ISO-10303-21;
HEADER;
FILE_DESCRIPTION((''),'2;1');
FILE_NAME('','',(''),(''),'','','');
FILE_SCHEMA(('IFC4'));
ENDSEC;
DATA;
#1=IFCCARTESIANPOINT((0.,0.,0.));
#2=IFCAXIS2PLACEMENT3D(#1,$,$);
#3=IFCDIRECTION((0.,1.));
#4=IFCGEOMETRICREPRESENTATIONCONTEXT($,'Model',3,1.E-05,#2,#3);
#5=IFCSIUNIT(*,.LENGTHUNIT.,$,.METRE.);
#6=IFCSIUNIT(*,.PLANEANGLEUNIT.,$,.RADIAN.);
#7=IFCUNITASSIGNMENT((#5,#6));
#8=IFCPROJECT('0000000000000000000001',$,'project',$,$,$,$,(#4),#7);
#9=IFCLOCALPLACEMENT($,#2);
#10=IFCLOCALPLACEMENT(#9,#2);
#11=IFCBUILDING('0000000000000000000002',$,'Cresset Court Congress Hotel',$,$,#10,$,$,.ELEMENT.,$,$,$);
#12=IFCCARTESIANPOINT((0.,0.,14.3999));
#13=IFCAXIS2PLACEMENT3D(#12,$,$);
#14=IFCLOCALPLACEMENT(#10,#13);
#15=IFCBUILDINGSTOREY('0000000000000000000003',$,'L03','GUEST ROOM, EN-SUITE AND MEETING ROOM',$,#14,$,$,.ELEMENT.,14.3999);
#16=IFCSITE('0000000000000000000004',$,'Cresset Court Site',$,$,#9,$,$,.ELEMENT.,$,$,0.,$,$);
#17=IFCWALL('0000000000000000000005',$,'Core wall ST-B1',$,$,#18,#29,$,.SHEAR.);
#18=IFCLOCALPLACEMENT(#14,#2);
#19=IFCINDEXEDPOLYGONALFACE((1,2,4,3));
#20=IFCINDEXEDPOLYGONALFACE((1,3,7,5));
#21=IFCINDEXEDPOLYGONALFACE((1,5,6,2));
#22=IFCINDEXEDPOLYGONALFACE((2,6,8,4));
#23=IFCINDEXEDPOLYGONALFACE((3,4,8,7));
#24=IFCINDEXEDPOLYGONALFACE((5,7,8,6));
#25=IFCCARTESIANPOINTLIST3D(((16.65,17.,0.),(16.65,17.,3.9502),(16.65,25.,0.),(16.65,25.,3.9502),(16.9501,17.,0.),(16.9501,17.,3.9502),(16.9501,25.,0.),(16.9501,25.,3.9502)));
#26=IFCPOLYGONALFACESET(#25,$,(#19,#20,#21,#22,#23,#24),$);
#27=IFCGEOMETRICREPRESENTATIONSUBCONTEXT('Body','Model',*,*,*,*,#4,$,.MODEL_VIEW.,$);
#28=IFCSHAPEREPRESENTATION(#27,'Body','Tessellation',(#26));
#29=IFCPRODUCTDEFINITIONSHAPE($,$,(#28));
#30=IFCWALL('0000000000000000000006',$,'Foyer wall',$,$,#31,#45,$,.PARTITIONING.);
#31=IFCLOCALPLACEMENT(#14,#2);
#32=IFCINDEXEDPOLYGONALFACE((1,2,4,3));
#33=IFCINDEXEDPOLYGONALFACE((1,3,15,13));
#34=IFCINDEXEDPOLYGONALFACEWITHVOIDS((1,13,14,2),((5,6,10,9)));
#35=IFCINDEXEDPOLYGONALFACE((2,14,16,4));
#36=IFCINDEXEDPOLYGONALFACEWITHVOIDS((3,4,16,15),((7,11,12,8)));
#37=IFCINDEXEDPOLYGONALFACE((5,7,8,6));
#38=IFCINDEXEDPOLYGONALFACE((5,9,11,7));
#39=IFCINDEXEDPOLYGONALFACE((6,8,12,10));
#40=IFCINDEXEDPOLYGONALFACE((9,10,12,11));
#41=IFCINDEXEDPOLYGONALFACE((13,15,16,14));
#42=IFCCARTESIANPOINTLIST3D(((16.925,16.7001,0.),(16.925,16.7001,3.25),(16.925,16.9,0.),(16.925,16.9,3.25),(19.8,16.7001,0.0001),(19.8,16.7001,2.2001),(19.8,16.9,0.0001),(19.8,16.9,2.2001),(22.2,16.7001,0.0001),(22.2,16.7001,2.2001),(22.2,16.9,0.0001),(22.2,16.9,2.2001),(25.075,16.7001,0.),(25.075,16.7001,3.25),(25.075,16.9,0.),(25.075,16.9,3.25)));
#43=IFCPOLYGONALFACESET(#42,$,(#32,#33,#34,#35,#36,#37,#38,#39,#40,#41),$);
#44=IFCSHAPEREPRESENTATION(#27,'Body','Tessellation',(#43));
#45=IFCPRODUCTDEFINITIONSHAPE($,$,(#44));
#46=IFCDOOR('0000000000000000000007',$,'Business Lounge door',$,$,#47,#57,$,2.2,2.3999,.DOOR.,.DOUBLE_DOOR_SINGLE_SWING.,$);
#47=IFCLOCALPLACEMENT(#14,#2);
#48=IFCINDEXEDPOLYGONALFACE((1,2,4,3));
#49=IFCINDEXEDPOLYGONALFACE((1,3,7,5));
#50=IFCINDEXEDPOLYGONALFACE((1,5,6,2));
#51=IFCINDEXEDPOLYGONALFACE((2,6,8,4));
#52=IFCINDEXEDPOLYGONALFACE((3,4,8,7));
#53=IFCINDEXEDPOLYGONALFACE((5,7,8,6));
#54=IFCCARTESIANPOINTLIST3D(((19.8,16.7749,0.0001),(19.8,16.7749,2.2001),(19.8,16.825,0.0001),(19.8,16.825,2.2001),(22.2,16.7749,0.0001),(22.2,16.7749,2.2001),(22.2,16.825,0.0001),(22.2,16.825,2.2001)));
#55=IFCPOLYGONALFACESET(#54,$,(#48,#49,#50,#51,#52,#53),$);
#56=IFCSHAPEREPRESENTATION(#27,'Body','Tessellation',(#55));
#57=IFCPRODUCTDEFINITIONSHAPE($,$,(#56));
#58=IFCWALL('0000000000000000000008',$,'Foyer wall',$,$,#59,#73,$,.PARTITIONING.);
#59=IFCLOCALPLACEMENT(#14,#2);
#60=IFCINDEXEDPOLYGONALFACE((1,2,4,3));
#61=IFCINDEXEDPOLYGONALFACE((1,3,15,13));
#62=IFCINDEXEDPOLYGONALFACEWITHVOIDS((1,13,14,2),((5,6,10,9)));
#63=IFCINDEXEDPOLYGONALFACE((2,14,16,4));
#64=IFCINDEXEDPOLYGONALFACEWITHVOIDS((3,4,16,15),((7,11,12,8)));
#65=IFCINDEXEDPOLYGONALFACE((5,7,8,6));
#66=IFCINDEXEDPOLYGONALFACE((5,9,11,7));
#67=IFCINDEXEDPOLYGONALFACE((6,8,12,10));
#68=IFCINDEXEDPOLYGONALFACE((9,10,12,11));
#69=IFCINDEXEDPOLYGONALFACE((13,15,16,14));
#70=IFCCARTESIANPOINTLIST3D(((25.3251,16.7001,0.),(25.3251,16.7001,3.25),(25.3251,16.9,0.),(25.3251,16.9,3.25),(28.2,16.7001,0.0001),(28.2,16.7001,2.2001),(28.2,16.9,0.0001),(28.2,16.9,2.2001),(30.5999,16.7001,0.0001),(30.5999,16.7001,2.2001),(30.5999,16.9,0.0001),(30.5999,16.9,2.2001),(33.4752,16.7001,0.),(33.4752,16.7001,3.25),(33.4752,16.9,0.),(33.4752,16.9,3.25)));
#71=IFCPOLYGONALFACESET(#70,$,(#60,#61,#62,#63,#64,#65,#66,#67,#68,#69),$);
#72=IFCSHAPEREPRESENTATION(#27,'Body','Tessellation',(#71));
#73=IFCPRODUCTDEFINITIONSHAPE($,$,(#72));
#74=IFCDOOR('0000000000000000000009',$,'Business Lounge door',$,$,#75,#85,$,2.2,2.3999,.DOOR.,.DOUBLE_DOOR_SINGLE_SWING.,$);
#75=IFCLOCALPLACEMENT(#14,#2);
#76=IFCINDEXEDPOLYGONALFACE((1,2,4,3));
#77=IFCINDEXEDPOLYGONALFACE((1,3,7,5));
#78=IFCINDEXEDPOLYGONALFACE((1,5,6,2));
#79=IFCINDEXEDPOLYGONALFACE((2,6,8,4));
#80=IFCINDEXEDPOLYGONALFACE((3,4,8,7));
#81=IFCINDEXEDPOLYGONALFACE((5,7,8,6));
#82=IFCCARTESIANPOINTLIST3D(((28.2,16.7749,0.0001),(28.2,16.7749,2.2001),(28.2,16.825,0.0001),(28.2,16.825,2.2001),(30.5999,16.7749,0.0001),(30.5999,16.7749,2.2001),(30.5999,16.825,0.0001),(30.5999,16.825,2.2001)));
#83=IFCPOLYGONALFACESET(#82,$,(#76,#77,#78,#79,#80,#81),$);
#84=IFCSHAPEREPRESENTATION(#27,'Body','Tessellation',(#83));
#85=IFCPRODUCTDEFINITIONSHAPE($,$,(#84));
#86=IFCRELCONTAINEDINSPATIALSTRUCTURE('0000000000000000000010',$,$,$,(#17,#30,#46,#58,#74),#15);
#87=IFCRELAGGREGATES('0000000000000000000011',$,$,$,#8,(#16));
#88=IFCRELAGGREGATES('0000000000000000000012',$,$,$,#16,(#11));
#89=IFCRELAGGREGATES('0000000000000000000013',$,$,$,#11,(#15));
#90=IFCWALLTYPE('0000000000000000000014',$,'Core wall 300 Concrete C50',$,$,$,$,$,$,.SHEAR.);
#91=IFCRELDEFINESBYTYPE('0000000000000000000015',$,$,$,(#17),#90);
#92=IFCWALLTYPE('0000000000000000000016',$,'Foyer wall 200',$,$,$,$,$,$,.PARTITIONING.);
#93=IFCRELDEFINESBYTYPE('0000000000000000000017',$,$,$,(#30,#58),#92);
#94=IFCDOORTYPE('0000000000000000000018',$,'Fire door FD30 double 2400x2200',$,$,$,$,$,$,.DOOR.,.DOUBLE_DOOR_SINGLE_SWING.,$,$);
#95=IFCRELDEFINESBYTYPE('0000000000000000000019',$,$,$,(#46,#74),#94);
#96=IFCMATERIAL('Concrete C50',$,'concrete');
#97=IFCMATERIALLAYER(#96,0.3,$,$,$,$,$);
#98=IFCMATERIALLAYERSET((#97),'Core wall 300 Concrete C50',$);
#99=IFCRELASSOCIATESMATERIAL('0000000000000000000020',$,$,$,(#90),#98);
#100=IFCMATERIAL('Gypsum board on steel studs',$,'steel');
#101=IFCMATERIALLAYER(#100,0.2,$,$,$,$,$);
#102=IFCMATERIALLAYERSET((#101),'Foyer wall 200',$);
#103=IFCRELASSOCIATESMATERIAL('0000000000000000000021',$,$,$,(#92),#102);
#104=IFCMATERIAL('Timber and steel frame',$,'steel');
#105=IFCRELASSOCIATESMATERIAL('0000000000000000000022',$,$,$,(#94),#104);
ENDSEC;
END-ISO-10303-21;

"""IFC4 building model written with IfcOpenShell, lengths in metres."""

from ifc_helpers import new_model, si_unit, direction, frame, frame_2d, origin, place, context, subcontext, project, spatial, rectangle, extrude, material, layer, layer_set, type_object, element, fill, save


model = new_model("IFC4")

# Units and contexts
model_context = context("Model", 3, precision=1e-05, world=origin(), true_north=direction((0.0, 1.0)))
body_context = subcontext(model_context, "Body", "Model", "MODEL_VIEW")
ifc_project = project(units=[si_unit("LENGTHUNIT", "METRE"), si_unit("PLANEANGLEUNIT", "RADIAN")], contexts=[model_context])

# Site, building, storey
site_placement = place(None, origin())
site = spatial("IfcSite", under=ifc_project, at=site_placement, Name="Cresset Court Site", CompositionType="ELEMENT", RefElevation=0.0)
building_placement = place(site_placement, origin())
building = spatial("IfcBuilding", under=site, at=building_placement, Name="Cresset Court Congress Hotel", CompositionType="ELEMENT")
storey_placement = place(building_placement, frame((0.0, 0.0, 14.3999)))
storey = spatial("IfcBuildingStorey", under=building, at=storey_placement, Name="L03", Description="GUEST ROOM, EN-SUITE AND MEETING ROOM", CompositionType="ELEMENT", Elevation=14.3999)

# Wall
ifc_material_1 = material(Name="Concrete C50", Category="concrete")
ifc_layer_1 = layer(ifc_material_1, 0.3)
ifc_layer_set_1 = layer_set([ifc_layer_1], Name="Core wall 300 Concrete C50")
wall_type_1 = type_object("IfcWallType", Name="Core wall 300 Concrete C50", PredefinedType="SHEAR", material=ifc_layer_set_1)
wall_1_placement = place(storey_placement, frame((16.8, 17.0, 0.0), z_axis=(0.0, 0.0, 1.0), x_axis=(0.0, 1.0, 0.0)))
element("IfcWall", 1, at=wall_1_placement, inside=storey, type_object=wall_type_1, Name="Core wall ST-B1", PredefinedType="SHEAR", context=body_context, shape_type="SweptSolid", body=[
    extrude(rectangle(XDim=8.0, YDim=0.3, at=frame_2d((4.0, 0.0))), origin(), (0.0, 0.0, 1.0), 3.9502),
])

# Walls, openings, doors
ifc_material_2 = material(Name="Gypsum board on steel studs", Category="steel")
ifc_layer_2 = layer(ifc_material_2, 0.2)
ifc_layer_set_2 = layer_set([ifc_layer_2], Name="Foyer wall 200")
wall_type_2 = type_object("IfcWallType", Name="Foyer wall 200", PredefinedType="PARTITIONING", material=ifc_layer_set_2)
wall_2_placement = place(storey_placement, frame((16.925, 16.8, 0.0), z_axis=(0.0, 0.0, 1.0), x_axis=(1.0, 0.0, 0.0)))
wall_2 = element("IfcWall", 2, at=wall_2_placement, inside=storey, type_object=wall_type_2, Name="Foyer wall", PredefinedType="PARTITIONING", context=body_context, shape_type="SweptSolid", body=[
    extrude(rectangle(XDim=8.1499, YDim=0.2, at=frame_2d((4.075, 0.0))), origin(), (0.0, 0.0, 1.0), 3.25),
])
opening_1_placement = place(wall_2_placement, frame((2.875, 0.0, 0.0)))
opening_1 = element("IfcOpeningElement", 3, at=opening_1_placement, cuts=wall_2, PredefinedType="OPENING", context=body_context, shape_type="SweptSolid", body=[
    extrude(rectangle(XDim=2.3999, YDim=2.2, at=frame_2d((1.2, 1.1001))), frame((0.0, 0.1099, 0.0), z_axis=(0.0, -1.0, 0.0), x_axis=(1.0, 0.0, 0.0)), (0.0, 0.0, 1.0), 0.22),
])
ifc_material_3 = material(Name="Timber and steel frame", Category="steel")
door_type = type_object("IfcDoorType", Name="Fire door FD30 double 2400x2200", OperationType="DOUBLE_DOOR_SINGLE_SWING", PredefinedType="DOOR", material=ifc_material_3)
door_1_placement = place(opening_1_placement, origin())
door_1 = element("IfcDoor", 4, at=door_1_placement, inside=storey, type_object=door_type, Name="Business Lounge door", OperationType="DOUBLE_DOOR_SINGLE_SWING", OverallHeight=2.2, OverallWidth=2.3999, PredefinedType="DOOR", context=body_context, shape_type="SweptSolid", body=[
    extrude(rectangle(XDim=2.3999, YDim=2.2, at=frame_2d((1.2, 1.1001))), frame((0.0, 0.0249, 0.0), z_axis=(0.0, -1.0, 0.0), x_axis=(1.0, 0.0, 0.0)), (0.0, 0.0, 1.0), 0.05),
])
fill(opening_1, door_1)
wall_3_placement = place(storey_placement, frame((25.325, 16.8, 0.0), z_axis=(0.0, 0.0, 1.0), x_axis=(1.0, 0.0, 0.0)))
wall_3 = element("IfcWall", 5, at=wall_3_placement, inside=storey, type_object=wall_type_2, Name="Foyer wall", PredefinedType="PARTITIONING", context=body_context, shape_type="SweptSolid", body=[
    extrude(rectangle(XDim=8.1501, YDim=0.2, at=frame_2d((4.0752, 0.0))), origin(), (0.0, 0.0, 1.0), 3.25),
])
opening_2_placement = place(wall_3_placement, frame((2.875, 0.0, 0.0)))
opening_2 = element("IfcOpeningElement", 6, at=opening_2_placement, cuts=wall_3, PredefinedType="OPENING", context=body_context, shape_type="SweptSolid", body=[
    extrude(rectangle(XDim=2.3999, YDim=2.2, at=frame_2d((1.2, 1.1001))), frame((0.0, 0.1099, 0.0), z_axis=(0.0, -1.0, 0.0), x_axis=(1.0, 0.0, 0.0)), (0.0, 0.0, 1.0), 0.22),
])
door_2_placement = place(opening_2_placement, origin())
door_2 = element("IfcDoor", 7, at=door_2_placement, inside=storey, type_object=door_type, Name="Business Lounge door", OperationType="DOUBLE_DOOR_SINGLE_SWING", OverallHeight=2.2, OverallWidth=2.3999, PredefinedType="DOOR", context=body_context, shape_type="SweptSolid", body=[
    extrude(rectangle(XDim=2.3999, YDim=2.2, at=frame_2d((1.2, 1.1001))), frame((0.0, 0.0249, 0.0), z_axis=(0.0, -1.0, 0.0), x_axis=(1.0, 0.0, 0.0)), (0.0, 0.0, 1.0), 0.05),
])
fill(opening_2, door_2)

save(model, "model.ifc")
